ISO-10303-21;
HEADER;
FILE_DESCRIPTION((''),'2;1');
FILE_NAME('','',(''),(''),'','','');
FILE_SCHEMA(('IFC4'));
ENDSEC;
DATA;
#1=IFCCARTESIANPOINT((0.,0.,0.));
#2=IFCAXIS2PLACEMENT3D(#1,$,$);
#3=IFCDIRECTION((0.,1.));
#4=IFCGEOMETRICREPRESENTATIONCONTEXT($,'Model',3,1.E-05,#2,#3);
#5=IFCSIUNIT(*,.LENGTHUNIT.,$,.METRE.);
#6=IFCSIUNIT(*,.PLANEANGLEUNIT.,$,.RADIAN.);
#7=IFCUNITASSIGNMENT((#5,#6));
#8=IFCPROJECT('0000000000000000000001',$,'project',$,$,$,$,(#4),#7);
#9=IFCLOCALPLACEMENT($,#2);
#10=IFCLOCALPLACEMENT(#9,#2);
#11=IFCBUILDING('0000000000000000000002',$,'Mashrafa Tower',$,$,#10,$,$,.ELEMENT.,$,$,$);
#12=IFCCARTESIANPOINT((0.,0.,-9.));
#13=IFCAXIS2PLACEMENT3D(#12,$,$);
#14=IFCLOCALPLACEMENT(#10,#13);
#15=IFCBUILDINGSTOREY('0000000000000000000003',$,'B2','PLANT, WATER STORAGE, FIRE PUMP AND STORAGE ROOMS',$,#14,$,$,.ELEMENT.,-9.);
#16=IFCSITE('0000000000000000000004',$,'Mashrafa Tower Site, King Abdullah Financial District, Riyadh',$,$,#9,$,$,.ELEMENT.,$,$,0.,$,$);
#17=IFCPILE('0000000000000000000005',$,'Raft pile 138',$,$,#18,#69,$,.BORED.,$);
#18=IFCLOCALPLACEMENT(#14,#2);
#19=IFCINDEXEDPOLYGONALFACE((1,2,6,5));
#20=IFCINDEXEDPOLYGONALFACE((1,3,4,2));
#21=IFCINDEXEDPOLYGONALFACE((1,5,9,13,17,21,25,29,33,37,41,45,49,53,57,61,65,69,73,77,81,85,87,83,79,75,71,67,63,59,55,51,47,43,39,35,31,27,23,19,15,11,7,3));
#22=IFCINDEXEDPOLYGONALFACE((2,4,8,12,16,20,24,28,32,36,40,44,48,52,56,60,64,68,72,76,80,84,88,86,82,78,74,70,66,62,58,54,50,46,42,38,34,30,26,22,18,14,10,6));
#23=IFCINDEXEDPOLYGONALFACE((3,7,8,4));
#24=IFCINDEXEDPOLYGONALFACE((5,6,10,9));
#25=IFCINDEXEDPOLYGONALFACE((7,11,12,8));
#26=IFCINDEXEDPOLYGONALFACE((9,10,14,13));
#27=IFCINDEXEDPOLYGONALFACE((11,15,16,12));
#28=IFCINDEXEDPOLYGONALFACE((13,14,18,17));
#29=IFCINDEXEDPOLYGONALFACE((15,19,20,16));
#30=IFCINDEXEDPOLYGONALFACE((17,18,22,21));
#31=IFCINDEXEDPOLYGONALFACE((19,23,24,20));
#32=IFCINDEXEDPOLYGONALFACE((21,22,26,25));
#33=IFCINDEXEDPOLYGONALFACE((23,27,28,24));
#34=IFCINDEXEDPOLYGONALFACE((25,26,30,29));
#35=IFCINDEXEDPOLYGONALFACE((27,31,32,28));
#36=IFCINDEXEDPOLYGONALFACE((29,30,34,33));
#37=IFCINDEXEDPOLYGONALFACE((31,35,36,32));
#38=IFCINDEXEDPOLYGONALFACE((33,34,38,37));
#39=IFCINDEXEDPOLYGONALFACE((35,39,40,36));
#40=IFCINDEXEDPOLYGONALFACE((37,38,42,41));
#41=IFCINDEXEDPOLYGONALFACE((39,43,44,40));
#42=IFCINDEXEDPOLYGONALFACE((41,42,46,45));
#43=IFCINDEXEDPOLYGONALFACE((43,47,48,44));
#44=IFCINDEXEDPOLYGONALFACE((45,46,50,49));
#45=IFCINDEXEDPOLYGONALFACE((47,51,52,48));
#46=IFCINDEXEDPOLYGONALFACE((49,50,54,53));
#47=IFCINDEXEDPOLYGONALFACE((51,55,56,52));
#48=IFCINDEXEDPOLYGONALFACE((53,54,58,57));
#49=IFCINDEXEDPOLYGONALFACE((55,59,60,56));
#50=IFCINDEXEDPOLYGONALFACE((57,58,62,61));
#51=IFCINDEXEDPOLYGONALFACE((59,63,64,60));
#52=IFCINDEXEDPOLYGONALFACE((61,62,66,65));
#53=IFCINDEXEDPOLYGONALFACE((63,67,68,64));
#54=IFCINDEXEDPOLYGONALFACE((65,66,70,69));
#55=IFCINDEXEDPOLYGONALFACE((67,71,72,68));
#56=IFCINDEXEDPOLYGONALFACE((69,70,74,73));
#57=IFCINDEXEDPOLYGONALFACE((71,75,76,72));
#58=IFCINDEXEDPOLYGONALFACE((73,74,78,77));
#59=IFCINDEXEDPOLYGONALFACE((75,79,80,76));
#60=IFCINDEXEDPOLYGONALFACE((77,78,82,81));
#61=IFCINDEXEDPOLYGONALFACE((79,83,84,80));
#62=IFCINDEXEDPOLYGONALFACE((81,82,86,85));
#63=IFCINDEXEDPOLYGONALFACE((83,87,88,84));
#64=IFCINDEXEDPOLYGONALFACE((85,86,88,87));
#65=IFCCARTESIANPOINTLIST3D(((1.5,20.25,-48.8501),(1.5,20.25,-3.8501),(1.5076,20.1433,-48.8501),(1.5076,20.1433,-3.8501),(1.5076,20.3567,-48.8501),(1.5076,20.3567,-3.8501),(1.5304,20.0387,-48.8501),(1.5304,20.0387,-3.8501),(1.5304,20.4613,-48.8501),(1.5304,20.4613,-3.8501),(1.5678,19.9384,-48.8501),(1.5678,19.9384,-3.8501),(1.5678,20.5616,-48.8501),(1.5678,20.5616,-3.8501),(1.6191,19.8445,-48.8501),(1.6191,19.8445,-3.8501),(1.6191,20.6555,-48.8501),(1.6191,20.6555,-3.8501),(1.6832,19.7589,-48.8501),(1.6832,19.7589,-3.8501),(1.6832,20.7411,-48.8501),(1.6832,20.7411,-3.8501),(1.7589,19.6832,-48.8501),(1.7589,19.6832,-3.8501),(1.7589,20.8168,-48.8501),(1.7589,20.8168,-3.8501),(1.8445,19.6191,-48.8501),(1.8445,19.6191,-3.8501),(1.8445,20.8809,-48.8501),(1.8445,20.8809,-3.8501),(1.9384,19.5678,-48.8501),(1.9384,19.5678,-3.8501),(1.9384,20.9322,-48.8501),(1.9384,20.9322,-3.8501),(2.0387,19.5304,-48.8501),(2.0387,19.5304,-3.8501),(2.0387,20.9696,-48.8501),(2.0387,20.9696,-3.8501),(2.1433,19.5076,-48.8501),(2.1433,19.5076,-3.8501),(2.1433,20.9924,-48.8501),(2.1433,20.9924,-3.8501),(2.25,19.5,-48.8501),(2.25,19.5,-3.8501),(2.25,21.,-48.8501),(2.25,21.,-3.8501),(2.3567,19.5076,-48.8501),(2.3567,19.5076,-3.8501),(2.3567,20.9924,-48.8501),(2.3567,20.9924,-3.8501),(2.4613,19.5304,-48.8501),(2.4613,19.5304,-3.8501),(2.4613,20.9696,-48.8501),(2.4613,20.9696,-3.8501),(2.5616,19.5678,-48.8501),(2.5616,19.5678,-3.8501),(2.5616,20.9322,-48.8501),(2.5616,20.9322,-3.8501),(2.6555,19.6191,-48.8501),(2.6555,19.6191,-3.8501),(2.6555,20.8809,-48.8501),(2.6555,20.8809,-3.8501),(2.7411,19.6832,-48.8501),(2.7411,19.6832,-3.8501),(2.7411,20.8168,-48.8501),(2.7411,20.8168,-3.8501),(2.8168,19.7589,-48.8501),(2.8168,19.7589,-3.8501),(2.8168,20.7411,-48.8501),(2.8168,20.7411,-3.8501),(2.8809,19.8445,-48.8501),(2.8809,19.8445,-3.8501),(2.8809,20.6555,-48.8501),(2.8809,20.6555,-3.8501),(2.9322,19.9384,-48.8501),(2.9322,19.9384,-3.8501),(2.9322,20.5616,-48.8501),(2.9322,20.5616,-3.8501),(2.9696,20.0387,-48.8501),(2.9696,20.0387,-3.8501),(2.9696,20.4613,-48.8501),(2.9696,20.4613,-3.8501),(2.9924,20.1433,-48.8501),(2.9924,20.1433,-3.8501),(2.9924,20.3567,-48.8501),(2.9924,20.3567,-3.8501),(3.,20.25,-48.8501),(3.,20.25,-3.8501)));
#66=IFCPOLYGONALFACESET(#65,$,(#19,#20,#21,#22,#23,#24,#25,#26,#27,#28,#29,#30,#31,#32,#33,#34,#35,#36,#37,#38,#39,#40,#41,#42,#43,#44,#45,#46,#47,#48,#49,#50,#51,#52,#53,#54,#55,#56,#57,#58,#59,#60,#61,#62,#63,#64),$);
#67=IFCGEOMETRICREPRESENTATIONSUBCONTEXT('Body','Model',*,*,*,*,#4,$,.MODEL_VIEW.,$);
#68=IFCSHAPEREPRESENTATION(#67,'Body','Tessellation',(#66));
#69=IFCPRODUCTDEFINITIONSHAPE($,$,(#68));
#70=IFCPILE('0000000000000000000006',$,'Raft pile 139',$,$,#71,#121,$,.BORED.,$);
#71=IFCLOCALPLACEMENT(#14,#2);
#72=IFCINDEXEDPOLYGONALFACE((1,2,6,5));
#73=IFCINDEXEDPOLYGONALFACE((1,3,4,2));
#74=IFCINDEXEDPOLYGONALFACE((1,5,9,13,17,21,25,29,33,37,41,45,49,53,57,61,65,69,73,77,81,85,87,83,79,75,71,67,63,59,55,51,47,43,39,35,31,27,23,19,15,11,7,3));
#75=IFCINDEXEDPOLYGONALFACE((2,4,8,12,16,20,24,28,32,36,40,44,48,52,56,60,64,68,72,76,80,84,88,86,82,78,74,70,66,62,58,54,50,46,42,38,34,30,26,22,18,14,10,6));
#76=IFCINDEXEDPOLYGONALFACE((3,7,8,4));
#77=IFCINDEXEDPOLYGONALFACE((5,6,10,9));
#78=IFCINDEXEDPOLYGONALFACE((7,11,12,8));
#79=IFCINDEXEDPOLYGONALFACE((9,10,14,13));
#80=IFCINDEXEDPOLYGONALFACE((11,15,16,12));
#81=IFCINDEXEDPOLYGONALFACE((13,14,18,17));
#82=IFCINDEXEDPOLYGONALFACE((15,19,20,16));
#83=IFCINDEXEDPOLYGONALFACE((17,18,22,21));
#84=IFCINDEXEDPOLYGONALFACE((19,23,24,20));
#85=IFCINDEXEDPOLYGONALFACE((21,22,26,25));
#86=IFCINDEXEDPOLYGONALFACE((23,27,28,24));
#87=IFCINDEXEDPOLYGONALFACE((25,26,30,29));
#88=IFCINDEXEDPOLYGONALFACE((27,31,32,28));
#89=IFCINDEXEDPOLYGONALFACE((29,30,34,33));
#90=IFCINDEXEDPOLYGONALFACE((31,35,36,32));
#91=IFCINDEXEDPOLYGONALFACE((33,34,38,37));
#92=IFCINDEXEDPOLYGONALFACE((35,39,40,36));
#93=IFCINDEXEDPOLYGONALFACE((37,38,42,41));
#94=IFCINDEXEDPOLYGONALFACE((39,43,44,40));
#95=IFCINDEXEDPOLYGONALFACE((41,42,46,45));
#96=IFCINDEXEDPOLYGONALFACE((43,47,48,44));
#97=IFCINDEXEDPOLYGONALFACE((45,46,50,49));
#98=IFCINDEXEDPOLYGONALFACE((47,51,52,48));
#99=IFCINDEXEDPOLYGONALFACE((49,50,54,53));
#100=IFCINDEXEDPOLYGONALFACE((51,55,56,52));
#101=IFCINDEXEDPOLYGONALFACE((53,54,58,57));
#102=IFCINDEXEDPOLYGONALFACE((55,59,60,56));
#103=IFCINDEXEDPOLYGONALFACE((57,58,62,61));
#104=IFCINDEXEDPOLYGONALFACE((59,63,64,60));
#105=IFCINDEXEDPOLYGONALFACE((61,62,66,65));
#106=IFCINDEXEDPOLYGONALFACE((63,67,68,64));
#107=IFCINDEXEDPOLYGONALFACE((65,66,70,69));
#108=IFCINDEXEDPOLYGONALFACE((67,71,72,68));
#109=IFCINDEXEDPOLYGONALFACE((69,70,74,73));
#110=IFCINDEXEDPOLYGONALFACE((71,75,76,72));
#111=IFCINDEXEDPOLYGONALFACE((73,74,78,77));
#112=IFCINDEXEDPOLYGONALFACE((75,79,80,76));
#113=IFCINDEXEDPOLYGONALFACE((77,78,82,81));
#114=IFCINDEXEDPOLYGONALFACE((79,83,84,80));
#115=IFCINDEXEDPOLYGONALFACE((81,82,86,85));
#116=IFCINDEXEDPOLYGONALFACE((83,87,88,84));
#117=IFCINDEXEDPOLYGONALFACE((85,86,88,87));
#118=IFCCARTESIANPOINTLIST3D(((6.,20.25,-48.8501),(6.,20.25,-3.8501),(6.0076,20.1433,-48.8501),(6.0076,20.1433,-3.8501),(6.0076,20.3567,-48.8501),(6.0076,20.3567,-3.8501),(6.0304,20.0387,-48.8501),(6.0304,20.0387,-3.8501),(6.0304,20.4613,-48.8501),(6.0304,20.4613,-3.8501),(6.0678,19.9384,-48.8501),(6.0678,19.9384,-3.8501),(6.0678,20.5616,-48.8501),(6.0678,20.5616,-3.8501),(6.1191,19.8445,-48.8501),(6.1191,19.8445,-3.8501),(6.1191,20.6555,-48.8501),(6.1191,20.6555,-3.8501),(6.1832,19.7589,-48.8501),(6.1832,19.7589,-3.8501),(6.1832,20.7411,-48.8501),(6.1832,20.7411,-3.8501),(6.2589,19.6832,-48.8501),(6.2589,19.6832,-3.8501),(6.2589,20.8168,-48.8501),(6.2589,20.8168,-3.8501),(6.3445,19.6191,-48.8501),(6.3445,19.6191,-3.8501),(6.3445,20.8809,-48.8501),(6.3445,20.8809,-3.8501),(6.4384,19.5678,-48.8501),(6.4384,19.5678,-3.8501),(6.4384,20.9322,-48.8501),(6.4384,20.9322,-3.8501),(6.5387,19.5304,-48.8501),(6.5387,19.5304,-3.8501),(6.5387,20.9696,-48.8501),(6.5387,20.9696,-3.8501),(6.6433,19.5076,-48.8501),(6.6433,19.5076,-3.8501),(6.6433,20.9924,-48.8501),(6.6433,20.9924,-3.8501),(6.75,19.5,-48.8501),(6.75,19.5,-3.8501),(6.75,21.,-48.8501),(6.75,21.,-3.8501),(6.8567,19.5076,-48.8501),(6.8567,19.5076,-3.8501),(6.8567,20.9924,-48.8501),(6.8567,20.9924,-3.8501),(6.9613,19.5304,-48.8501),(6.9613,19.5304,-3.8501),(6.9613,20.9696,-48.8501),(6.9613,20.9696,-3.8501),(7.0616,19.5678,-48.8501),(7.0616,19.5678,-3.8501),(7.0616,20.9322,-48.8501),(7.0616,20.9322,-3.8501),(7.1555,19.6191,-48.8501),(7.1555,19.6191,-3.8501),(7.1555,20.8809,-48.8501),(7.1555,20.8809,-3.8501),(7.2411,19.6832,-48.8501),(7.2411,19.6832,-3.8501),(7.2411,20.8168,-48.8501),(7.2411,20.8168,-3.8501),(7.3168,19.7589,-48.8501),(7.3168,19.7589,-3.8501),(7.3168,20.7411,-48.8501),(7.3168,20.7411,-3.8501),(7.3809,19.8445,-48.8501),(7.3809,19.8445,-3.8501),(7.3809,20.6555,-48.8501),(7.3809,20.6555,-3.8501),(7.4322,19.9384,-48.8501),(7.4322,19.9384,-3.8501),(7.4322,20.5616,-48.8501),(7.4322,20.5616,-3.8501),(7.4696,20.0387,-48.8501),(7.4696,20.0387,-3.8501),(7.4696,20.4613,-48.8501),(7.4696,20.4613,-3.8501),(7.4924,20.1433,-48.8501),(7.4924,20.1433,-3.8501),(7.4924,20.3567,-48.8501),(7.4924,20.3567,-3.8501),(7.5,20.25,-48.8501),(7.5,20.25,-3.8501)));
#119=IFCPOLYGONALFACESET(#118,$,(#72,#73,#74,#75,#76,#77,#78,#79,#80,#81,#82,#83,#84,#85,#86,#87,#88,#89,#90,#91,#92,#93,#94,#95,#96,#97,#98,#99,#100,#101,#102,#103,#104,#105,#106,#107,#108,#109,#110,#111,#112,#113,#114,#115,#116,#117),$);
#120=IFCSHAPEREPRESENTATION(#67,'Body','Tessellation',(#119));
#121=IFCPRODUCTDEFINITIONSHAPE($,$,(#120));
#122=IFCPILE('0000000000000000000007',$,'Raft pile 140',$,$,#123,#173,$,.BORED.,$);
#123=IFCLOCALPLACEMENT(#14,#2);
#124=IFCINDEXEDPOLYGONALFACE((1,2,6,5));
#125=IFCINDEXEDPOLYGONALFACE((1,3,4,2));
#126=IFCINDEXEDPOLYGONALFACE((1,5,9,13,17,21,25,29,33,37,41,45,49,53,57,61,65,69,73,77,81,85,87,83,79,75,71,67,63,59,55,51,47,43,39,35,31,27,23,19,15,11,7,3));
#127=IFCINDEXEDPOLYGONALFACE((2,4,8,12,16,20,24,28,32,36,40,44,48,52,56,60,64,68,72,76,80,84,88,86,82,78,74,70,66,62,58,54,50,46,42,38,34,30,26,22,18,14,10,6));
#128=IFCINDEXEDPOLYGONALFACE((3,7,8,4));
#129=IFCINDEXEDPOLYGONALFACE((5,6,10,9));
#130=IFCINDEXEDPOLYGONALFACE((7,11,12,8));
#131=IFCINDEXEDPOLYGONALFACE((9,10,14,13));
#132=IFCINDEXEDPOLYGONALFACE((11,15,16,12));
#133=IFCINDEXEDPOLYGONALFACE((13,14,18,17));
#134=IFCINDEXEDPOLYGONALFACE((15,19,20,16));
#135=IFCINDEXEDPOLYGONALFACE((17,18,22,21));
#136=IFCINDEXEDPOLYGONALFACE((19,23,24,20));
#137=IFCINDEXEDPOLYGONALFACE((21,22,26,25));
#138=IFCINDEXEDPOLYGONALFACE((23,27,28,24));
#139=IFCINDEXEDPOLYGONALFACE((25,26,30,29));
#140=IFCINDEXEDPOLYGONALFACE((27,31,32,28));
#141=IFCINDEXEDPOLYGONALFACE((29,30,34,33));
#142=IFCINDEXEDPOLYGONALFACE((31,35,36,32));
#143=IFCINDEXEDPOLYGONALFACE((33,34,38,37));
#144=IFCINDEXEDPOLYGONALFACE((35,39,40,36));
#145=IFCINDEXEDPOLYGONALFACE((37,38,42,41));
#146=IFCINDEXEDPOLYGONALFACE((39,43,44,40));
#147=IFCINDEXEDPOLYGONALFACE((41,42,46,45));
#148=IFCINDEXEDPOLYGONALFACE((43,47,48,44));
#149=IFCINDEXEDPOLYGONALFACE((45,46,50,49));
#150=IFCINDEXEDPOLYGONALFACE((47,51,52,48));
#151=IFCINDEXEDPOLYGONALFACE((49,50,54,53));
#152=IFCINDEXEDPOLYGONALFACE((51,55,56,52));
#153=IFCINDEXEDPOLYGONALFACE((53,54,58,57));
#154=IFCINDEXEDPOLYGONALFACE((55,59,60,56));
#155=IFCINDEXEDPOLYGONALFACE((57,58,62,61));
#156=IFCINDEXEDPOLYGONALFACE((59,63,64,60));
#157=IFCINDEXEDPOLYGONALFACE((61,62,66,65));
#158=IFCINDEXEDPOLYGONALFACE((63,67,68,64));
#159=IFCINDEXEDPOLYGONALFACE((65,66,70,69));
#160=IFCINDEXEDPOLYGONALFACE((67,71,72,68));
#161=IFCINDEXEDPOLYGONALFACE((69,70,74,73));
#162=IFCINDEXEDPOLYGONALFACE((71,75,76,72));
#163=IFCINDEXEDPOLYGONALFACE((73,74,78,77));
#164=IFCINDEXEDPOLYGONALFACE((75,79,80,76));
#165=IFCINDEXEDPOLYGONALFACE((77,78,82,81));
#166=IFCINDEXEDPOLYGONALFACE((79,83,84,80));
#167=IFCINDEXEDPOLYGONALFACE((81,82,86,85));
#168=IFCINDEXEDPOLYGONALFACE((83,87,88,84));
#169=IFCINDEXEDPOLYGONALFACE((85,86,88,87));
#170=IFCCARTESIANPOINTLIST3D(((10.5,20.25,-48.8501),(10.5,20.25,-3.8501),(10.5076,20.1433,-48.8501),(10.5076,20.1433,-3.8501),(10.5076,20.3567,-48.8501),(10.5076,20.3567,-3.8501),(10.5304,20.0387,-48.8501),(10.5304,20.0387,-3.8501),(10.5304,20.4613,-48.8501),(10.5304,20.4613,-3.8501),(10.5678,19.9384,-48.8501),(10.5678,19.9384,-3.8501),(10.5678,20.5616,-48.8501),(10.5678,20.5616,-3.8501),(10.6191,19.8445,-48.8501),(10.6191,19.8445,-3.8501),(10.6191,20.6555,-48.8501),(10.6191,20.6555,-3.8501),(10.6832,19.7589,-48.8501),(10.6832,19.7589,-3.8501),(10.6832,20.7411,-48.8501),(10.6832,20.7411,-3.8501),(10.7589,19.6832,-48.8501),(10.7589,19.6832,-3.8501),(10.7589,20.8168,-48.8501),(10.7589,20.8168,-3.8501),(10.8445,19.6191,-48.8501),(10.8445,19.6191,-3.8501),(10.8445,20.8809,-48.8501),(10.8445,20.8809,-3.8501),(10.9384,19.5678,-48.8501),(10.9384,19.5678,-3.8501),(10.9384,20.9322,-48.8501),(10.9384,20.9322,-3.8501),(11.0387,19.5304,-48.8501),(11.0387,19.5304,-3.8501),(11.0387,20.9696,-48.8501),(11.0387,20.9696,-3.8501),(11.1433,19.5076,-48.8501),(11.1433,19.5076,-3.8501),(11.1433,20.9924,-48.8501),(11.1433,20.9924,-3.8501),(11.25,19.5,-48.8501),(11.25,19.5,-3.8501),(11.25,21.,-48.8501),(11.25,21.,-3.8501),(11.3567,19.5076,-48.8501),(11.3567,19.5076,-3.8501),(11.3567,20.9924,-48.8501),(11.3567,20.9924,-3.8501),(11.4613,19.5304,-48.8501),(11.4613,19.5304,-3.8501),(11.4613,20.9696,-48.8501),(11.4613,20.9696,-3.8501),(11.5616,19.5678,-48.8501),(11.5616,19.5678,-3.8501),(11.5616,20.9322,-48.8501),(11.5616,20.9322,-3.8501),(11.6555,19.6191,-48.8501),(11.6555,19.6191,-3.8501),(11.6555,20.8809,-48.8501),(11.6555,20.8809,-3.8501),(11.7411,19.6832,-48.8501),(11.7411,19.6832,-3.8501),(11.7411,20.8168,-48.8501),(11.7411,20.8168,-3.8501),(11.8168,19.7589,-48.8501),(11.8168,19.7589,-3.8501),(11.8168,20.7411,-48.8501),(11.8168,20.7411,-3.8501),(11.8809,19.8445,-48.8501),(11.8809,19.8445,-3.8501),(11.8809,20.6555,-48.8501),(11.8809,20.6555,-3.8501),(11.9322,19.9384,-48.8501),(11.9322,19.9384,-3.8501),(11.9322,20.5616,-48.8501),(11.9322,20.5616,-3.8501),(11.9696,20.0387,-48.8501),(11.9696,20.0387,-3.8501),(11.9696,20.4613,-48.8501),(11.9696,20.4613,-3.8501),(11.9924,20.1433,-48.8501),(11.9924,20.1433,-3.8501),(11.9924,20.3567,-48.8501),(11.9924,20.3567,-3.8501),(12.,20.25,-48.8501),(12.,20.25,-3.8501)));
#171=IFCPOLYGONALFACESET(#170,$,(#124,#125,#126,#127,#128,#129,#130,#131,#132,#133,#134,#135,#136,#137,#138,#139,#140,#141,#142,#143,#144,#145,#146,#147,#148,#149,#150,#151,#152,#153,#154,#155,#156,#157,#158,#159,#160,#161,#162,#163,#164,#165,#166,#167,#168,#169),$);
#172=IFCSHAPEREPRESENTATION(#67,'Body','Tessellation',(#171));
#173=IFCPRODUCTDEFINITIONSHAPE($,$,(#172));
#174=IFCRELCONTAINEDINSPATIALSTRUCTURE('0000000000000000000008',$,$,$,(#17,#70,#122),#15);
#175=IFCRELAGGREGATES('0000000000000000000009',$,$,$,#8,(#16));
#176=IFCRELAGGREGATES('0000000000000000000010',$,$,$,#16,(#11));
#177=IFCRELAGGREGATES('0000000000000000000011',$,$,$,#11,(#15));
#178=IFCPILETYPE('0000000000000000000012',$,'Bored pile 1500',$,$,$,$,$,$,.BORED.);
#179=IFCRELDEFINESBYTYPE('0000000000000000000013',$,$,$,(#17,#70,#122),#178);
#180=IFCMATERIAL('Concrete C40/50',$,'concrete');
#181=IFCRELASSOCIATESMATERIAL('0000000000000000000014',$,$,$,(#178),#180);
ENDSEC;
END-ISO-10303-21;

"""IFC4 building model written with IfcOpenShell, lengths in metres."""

from ifc_helpers import new_model, si_unit, direction, frame, origin, origin_2d, place, context, subcontext, project, spatial, circle, extrude, material, material_profile, profile_set, type_object, element, save


model = new_model("IFC4")

# Units and contexts
model_context = context("Model", 3, precision=1e-05, world=origin(), true_north=direction((0.0, 1.0)))
body_context = subcontext(model_context, "Body", "Model", "MODEL_VIEW")
ifc_project = project(units=[si_unit("LENGTHUNIT", "METRE"), si_unit("PLANEANGLEUNIT", "RADIAN")], contexts=[model_context])

# Site, building, storey
site_placement = place(None, origin())
site = spatial("IfcSite", under=ifc_project, at=site_placement, Name="Mashrafa Tower Site, King Abdullah Financial District, Riyadh", CompositionType="ELEMENT", RefElevation=0.0)
building_placement = place(site_placement, origin())
building = spatial("IfcBuilding", under=site, at=building_placement, Name="Mashrafa Tower", CompositionType="ELEMENT")
storey_placement = place(building_placement, frame((0.0, 0.0, -9.0)))
storey = spatial("IfcBuildingStorey", under=building, at=storey_placement, Name="B2", Description="PLANT, WATER STORAGE, FIRE PUMP AND STORAGE ROOMS", CompositionType="ELEMENT", Elevation=-9.0)

# Piles
ifc_material_1 = material(Name="Concrete C40/50", Category="concrete")
ifc_material_profile_1 = material_profile(ifc_material_1, circle(Radius=0.75, at=origin_2d()), Name="1500 DIA")
ifc_profile_set_1 = profile_set([ifc_material_profile_1], Name="Concrete C40/50")
pile_type_1 = type_object("IfcPileType", Name="Bored pile 1500", PredefinedType="BORED", material=ifc_profile_set_1)
for number, where, z_axis, x_axis, name in (
    (1, (2.25, 20.25, -3.8501), (0.0, 0.0, -1.0), (1.0, 0.0, 0.0), "Raft pile 138"),
    (2, (6.75, 20.25, -3.8501), (0.0, 0.0, -1.0), (1.0, 0.0, 0.0), "Raft pile 139"),
    (3, (11.25, 20.25, -3.8501), (0.0, 0.0, -1.0), (1.0, 0.0, 0.0), "Raft pile 140"),
):
    element("IfcPile", number, at=place(storey_placement, frame(where, z_axis=z_axis, x_axis=x_axis)), inside=storey, type_object=pile_type_1, Name=name, PredefinedType="BORED", context=body_context, shape_type="SweptSolid", body=[
        extrude(circle(Radius=0.75, at=origin_2d()), origin(), (0.0, 0.0, 1.0), 45.0),
    ])

save(model, "model.ifc")
